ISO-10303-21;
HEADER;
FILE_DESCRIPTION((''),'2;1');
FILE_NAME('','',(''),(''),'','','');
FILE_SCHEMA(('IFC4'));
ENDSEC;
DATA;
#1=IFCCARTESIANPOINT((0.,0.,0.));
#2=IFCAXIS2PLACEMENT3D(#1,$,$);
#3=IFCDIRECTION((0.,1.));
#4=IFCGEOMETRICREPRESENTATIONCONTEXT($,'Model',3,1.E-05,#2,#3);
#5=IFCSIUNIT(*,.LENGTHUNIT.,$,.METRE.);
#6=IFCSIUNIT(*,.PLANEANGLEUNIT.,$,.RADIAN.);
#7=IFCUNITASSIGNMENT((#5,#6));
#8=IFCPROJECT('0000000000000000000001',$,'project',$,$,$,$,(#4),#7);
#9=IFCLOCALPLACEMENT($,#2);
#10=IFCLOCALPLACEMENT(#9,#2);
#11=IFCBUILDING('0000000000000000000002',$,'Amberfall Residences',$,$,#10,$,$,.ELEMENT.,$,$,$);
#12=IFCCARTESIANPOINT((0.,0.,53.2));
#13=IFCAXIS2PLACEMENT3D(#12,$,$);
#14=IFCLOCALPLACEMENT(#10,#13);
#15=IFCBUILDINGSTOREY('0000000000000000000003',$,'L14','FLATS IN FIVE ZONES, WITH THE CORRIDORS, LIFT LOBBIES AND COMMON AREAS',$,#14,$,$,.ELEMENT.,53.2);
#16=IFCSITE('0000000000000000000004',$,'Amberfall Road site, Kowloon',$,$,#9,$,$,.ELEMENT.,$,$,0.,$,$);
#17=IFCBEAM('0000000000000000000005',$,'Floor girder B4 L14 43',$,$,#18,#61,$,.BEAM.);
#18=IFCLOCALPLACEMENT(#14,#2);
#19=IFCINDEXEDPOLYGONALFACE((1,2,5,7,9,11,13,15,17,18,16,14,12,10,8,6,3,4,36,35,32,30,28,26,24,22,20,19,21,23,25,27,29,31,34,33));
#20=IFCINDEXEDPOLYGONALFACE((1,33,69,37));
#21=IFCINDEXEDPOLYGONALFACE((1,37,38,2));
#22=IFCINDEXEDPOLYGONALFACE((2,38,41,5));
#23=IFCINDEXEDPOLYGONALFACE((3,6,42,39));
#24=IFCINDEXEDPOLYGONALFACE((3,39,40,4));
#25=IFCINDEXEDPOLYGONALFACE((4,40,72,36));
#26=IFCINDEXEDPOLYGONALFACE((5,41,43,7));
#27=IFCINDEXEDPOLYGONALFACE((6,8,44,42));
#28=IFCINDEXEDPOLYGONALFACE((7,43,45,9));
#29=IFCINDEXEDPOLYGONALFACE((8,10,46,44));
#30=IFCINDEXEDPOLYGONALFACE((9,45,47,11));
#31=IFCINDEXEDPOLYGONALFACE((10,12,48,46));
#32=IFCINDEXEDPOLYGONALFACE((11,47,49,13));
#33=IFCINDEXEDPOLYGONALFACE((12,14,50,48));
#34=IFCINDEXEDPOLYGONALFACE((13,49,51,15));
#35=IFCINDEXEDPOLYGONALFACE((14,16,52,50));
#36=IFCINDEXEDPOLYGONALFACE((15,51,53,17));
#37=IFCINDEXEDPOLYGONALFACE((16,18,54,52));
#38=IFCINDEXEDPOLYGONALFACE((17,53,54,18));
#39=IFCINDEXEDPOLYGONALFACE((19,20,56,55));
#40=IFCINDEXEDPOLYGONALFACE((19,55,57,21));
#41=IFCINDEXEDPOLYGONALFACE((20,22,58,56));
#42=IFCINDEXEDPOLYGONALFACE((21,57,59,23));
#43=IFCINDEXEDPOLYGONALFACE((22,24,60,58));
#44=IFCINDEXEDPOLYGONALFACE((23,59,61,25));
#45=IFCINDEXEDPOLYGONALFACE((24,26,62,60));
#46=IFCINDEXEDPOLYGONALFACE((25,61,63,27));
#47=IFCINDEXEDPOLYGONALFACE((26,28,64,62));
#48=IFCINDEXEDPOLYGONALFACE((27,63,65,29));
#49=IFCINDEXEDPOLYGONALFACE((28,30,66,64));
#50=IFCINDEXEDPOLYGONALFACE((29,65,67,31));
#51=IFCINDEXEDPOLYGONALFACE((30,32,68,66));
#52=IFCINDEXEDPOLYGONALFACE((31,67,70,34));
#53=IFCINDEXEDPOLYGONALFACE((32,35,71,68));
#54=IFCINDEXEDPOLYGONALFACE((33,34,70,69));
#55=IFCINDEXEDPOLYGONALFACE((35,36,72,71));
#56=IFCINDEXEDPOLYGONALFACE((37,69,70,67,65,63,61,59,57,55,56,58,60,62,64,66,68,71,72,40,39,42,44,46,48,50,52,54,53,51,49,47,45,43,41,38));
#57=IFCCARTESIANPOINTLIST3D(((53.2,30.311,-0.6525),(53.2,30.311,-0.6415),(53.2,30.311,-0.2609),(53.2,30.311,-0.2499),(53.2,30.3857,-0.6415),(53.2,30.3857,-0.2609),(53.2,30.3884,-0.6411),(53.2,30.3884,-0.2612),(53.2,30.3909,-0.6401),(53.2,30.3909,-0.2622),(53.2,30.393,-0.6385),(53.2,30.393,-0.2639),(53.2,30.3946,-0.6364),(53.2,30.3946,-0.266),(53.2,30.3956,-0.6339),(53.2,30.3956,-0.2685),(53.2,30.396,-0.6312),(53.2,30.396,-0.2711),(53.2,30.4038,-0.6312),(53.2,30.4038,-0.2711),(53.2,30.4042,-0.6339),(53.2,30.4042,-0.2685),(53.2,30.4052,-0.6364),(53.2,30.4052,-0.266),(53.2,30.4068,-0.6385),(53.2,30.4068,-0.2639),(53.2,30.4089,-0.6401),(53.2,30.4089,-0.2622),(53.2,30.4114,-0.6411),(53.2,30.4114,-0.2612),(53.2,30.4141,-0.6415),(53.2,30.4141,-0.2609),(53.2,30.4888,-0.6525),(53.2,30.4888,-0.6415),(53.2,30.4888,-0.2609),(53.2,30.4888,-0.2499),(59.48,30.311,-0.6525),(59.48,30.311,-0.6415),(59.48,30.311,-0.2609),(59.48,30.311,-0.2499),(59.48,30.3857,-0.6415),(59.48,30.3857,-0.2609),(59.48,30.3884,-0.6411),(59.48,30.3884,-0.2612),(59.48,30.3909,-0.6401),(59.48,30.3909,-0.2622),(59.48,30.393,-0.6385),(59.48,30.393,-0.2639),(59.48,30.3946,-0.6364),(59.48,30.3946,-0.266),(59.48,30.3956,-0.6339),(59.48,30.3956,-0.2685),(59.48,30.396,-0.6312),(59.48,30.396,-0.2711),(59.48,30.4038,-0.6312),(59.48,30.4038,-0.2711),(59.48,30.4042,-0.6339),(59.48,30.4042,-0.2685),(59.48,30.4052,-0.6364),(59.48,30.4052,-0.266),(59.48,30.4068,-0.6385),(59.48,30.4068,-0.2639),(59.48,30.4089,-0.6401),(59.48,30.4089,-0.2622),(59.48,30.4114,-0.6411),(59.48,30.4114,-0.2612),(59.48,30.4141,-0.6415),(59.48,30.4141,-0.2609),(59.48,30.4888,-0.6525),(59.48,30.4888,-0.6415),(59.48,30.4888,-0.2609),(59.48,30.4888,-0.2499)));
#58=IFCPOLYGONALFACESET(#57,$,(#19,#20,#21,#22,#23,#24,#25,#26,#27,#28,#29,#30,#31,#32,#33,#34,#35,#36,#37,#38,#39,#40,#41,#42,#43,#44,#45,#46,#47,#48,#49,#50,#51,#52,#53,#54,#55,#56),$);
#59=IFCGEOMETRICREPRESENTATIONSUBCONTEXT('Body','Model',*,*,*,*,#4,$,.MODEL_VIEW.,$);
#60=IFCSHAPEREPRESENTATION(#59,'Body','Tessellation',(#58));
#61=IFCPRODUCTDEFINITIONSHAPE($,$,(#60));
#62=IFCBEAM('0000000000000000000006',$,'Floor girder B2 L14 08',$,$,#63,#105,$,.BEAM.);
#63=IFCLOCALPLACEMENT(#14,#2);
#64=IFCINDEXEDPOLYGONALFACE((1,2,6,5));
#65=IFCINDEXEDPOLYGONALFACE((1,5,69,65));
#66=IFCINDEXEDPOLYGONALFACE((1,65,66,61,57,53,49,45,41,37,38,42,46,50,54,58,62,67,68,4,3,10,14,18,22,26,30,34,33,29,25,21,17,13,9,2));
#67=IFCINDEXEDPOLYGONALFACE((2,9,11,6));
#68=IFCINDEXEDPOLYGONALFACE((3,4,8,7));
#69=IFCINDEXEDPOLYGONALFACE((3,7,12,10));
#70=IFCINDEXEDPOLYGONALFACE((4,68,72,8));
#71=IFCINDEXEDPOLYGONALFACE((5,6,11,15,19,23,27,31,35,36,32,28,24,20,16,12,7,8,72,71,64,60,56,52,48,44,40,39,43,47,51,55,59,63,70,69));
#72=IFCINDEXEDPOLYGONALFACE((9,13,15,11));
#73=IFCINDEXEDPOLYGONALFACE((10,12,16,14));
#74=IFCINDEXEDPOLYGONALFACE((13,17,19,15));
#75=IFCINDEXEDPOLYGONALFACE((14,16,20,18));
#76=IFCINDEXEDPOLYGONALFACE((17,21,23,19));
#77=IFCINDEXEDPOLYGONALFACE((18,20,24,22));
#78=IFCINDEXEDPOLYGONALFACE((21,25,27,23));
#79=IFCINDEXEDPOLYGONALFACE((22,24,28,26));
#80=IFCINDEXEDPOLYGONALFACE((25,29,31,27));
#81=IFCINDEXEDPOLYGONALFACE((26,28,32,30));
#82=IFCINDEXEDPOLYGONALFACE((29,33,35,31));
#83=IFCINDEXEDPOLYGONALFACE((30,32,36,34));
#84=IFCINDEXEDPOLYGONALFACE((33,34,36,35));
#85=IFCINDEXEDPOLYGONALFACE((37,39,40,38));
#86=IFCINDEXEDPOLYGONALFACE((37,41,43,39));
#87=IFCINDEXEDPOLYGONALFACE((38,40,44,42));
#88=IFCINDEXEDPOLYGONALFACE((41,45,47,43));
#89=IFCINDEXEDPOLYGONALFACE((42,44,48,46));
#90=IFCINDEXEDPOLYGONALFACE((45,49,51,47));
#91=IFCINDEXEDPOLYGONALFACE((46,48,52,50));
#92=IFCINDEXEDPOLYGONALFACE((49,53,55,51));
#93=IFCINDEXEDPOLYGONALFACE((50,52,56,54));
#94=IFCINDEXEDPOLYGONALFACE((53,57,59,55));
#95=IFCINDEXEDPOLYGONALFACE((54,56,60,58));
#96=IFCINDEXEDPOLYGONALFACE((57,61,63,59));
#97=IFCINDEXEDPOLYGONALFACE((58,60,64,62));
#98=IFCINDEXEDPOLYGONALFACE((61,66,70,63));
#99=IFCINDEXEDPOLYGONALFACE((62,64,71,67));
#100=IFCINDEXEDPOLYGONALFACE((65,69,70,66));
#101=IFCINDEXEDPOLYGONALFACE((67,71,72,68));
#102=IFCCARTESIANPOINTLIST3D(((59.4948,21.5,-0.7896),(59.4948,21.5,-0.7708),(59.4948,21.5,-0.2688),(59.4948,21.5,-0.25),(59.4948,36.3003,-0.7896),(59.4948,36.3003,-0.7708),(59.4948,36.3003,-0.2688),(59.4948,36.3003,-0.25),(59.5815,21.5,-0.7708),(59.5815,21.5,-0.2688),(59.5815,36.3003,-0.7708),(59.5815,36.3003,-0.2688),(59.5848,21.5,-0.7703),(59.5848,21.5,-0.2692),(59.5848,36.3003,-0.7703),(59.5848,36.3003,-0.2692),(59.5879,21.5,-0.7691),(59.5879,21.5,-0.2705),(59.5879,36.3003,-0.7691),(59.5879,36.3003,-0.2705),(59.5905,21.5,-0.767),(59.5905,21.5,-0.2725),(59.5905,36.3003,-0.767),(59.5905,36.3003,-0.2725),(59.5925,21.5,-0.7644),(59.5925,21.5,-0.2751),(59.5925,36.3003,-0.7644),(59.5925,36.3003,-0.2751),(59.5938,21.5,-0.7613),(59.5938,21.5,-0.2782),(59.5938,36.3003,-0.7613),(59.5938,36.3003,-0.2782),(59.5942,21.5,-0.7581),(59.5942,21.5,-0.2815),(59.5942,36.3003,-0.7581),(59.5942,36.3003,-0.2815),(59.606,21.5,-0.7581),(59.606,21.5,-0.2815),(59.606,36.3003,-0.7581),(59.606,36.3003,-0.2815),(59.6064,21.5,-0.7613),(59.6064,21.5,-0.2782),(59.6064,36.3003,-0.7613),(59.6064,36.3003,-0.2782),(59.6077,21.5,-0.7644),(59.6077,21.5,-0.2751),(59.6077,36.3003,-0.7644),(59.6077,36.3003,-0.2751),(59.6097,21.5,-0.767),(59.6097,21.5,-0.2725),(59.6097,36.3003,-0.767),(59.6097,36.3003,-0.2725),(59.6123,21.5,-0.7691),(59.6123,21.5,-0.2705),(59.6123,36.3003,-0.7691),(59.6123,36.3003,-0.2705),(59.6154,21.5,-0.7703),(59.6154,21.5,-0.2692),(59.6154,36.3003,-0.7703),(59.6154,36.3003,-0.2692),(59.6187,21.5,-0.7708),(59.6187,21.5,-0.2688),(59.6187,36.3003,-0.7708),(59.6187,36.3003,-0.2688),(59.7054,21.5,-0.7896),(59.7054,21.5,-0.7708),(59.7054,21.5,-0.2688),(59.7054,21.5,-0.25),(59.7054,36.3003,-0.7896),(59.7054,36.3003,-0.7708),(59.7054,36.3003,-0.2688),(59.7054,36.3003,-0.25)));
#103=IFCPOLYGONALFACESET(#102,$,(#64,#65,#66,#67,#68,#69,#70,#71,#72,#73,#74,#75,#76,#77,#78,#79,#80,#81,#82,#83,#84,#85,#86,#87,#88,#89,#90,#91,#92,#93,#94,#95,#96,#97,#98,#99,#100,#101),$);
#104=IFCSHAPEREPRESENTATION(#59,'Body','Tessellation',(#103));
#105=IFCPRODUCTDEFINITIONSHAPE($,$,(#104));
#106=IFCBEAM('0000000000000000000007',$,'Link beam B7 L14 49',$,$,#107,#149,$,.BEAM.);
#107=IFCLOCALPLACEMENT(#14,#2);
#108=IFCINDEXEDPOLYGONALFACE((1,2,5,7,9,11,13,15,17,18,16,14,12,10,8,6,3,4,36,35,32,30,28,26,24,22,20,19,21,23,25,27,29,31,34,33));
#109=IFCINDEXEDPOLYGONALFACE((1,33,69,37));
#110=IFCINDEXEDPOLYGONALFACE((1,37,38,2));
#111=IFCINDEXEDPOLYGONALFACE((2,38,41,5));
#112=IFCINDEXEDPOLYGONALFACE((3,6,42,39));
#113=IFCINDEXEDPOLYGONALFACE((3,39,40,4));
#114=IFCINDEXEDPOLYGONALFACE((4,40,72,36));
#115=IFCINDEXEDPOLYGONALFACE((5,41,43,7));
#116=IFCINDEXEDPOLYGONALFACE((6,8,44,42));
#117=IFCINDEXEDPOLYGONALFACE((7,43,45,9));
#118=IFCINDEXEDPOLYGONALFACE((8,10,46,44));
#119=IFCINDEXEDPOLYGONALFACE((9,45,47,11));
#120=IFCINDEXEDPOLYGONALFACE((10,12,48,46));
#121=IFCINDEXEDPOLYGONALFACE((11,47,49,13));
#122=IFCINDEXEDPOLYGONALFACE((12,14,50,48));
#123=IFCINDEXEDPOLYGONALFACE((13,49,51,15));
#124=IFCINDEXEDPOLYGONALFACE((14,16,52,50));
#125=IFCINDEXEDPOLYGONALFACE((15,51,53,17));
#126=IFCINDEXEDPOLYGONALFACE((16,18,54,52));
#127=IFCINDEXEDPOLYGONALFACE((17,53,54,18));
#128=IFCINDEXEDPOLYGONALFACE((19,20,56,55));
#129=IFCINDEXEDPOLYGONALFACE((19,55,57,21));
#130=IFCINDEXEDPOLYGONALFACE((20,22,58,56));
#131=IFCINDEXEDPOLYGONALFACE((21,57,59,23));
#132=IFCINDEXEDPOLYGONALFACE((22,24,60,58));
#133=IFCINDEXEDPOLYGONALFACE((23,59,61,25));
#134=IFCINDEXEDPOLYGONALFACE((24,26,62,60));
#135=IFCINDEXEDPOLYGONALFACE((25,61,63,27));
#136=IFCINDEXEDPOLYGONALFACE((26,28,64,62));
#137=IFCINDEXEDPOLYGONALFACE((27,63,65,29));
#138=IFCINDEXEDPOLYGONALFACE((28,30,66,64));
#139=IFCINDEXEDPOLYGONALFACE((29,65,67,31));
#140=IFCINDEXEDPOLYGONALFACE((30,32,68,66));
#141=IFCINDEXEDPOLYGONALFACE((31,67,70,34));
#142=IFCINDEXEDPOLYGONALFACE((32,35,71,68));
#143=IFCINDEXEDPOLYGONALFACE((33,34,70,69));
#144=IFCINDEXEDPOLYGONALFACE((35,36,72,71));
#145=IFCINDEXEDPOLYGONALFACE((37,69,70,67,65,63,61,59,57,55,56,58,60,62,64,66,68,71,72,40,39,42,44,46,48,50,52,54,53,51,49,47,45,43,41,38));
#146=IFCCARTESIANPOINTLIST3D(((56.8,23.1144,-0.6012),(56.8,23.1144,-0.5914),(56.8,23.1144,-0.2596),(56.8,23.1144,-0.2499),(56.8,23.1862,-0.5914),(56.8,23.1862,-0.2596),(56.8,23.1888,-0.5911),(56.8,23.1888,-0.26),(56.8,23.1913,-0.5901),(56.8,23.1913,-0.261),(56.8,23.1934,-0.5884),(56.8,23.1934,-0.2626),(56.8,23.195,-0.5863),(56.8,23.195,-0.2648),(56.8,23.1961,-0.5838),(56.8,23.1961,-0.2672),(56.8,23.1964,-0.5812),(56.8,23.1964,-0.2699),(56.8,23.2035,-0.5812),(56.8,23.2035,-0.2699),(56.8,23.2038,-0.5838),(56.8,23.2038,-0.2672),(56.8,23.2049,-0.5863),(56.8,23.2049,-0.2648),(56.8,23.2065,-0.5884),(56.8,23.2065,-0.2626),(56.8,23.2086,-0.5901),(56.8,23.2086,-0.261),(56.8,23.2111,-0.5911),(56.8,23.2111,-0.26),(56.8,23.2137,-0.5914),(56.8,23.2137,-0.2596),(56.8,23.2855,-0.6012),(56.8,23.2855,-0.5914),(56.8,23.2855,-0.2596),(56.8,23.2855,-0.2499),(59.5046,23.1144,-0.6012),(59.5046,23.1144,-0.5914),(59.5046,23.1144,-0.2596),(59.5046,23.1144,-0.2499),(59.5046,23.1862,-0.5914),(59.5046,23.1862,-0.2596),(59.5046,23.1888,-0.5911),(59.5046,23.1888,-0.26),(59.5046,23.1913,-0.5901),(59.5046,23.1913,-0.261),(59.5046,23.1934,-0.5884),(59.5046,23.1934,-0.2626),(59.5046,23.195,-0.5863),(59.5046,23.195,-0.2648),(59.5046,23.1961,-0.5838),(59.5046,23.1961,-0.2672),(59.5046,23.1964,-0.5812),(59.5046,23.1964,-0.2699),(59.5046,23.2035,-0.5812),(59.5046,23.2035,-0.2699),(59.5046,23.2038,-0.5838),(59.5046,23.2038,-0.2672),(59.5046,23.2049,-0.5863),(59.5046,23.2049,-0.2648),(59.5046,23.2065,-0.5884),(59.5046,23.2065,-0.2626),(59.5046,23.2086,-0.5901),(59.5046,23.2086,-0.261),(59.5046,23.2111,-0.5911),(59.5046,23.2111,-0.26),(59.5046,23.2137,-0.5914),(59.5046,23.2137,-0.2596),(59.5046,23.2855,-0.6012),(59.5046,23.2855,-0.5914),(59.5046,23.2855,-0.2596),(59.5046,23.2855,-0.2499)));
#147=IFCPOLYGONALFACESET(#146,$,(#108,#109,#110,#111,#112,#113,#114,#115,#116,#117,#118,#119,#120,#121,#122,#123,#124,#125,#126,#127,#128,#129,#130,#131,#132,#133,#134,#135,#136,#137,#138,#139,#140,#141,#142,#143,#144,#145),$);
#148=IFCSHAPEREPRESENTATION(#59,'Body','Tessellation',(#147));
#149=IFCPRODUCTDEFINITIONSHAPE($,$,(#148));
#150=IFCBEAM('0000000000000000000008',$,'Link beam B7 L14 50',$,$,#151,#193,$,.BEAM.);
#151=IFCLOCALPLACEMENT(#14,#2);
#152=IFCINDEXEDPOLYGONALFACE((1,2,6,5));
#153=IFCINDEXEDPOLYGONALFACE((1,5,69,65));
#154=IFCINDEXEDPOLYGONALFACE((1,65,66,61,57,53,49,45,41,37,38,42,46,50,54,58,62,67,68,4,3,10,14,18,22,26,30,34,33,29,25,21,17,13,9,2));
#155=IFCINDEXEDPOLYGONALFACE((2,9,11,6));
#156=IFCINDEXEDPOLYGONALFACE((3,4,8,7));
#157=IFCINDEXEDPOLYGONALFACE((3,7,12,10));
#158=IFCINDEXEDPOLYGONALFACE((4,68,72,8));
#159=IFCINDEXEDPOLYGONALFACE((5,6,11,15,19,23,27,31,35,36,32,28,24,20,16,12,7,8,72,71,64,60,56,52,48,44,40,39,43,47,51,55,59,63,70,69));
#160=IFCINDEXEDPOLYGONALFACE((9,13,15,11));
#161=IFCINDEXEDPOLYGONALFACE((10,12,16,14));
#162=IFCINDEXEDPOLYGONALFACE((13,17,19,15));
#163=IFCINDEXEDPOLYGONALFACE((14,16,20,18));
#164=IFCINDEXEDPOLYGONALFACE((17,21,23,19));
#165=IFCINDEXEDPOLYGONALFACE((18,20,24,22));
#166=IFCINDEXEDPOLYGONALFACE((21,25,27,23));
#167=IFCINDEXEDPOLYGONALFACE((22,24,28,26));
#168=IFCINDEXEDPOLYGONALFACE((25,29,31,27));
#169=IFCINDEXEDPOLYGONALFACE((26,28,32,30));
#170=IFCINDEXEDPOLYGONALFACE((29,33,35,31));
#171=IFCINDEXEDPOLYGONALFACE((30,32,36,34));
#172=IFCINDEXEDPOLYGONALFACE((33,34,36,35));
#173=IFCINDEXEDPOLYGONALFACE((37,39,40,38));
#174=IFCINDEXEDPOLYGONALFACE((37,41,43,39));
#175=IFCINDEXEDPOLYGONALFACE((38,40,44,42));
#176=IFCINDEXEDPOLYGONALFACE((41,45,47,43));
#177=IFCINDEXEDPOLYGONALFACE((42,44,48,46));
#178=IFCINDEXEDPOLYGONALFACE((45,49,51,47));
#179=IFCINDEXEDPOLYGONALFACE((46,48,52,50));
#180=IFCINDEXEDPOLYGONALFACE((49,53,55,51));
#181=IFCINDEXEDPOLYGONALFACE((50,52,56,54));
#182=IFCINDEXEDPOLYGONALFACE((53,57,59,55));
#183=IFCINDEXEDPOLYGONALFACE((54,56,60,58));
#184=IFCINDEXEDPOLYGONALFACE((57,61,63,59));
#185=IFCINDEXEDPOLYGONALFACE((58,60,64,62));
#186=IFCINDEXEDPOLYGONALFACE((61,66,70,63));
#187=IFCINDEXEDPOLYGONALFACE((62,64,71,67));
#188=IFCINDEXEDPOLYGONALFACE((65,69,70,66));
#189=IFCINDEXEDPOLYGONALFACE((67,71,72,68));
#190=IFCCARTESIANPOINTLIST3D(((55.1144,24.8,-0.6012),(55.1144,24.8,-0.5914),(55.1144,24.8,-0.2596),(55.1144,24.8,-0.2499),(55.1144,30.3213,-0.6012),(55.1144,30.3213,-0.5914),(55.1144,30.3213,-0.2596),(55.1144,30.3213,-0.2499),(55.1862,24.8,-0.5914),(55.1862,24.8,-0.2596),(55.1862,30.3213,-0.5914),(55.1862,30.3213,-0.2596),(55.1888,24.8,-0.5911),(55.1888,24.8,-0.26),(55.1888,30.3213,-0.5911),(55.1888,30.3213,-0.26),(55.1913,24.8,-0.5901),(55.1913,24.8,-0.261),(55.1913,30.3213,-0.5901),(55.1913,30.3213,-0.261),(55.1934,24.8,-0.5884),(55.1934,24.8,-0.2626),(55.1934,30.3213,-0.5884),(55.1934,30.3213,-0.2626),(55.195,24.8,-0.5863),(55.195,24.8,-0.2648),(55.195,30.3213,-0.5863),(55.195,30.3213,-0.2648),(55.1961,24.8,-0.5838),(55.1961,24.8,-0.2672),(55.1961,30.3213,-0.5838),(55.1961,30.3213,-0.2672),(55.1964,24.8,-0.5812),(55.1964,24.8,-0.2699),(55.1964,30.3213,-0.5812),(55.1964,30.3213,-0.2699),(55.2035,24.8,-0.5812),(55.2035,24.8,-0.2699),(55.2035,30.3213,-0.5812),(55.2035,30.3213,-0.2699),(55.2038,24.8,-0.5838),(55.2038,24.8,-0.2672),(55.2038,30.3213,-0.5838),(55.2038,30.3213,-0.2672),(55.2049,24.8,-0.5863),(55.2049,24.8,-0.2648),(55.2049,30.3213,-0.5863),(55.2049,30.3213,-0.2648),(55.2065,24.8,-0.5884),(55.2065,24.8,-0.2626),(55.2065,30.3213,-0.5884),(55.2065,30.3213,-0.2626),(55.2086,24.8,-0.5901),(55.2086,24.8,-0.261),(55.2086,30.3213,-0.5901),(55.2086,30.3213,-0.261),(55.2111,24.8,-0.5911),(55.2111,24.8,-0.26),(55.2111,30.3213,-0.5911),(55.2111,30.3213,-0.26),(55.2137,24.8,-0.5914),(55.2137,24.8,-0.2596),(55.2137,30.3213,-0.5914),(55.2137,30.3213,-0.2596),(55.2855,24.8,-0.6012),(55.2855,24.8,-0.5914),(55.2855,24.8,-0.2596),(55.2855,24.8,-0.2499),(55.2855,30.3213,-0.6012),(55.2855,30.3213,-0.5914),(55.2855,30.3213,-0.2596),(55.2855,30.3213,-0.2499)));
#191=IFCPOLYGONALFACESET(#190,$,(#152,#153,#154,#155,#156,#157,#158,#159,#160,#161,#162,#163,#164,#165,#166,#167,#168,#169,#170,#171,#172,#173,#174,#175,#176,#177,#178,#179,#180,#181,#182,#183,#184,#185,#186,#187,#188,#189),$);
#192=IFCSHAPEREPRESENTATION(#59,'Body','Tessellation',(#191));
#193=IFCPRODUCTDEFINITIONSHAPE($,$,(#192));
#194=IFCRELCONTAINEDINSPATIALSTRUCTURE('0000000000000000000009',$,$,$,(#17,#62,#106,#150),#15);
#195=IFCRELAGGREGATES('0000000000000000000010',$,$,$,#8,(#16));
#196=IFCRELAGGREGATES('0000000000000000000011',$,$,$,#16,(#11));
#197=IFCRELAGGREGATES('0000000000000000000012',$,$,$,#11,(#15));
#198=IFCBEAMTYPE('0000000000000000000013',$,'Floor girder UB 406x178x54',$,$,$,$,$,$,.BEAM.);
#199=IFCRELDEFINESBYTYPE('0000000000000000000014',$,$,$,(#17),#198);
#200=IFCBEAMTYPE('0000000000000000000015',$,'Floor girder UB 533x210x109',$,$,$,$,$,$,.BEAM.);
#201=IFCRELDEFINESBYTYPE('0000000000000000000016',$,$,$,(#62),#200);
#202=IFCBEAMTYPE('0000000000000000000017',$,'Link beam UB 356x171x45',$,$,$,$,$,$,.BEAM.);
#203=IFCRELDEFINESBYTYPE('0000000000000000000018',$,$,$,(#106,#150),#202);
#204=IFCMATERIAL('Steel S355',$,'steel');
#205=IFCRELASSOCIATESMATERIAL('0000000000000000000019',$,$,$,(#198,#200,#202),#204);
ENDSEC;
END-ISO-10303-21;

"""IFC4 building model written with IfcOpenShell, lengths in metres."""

from ifc_helpers import new_model, si_unit, direction, frame, origin, origin_2d, place, context, subcontext, project, spatial, i_section, extrude, material, material_profile, profile_set, type_object, element, save


model = new_model("IFC4")

# Units and contexts
model_context = context("Model", 3, precision=1e-05, world=origin(), true_north=direction((0.0, 1.0)))
body_context = subcontext(model_context, "Body", "Model", "MODEL_VIEW")
ifc_project = project(units=[si_unit("LENGTHUNIT", "METRE"), si_unit("PLANEANGLEUNIT", "RADIAN")], contexts=[model_context])

# Site, building, storey
site_placement = place(None, origin())
site = spatial("IfcSite", under=ifc_project, at=site_placement, Name="Amberfall Road site, Kowloon", CompositionType="ELEMENT", RefElevation=0.0)
building_placement = place(site_placement, origin())
building = spatial("IfcBuilding", under=site, at=building_placement, Name="Amberfall Residences", CompositionType="ELEMENT")
storey_placement = place(building_placement, frame((0.0, 0.0, 53.2)))
storey = spatial("IfcBuildingStorey", under=building, at=storey_placement, Name="L14", Description="FLATS IN FIVE ZONES, WITH THE CORRIDORS, LIFT LOBBIES AND COMMON AREAS", CompositionType="ELEMENT", Elevation=53.2)

# Shared definitions
ifc_material_1 = material(Name="Steel S355", Category="steel")

# Beams
ifc_material_profile_1 = material_profile(ifc_material_1, i_section(OverallWidth=0.1777, OverallDepth=0.4026, WebThickness=0.0078, FlangeThickness=0.011, FilletRadius=0.0103, at=origin_2d()), Name="UB 406x178x54")
ifc_profile_set_1 = profile_set([ifc_material_profile_1], Name="Steel S355")
beam_type_1 = type_object("IfcBeamType", Name="Floor girder UB 406x178x54", PredefinedType="BEAM", material=ifc_profile_set_1)
beam_1_placement = place(storey_placement, frame((53.2, 30.3999, -0.4512), z_axis=(1.0, 0.0, 0.0), x_axis=(0.0, 1.0, 0.0)))
element("IfcBeam", 1, at=beam_1_placement, inside=storey, type_object=beam_type_1, Name="Floor girder B4 L14 43", PredefinedType="BEAM", context=body_context, shape_type="SweptSolid", body=[
    extrude(i_section(OverallWidth=0.1777, OverallDepth=0.4026, WebThickness=0.0078, FlangeThickness=0.011, FilletRadius=0.0103, at=origin_2d()), origin(), (0.0, 0.0, 1.0), 6.28),
])
ifc_material_profile_2 = material_profile(ifc_material_1, i_section(OverallWidth=0.2107, OverallDepth=0.5396, WebThickness=0.0117, FlangeThickness=0.0188, FilletRadius=0.0127, at=origin_2d()), Name="UB 533x210x109")
ifc_profile_set_2 = profile_set([ifc_material_profile_2], Name="Steel S355")
beam_type_2 = type_object("IfcBeamType", Name="Floor girder UB 533x210x109", PredefinedType="BEAM", material=ifc_profile_set_2)
beam_2_placement = place(storey_placement, frame((59.6001, 21.5, -0.5198), z_axis=(0.0, 1.0, 0.0), x_axis=(-1.0, 0.0, 0.0)))
element("IfcBeam", 2, at=beam_2_placement, inside=storey, type_object=beam_type_2, Name="Floor girder B2 L14 08", PredefinedType="BEAM", context=body_context, shape_type="SweptSolid", body=[
    extrude(i_section(OverallWidth=0.2107, OverallDepth=0.5396, WebThickness=0.0117, FlangeThickness=0.0188, FilletRadius=0.0127, at=origin_2d()), origin(), (0.0, 0.0, 1.0), 14.8003),
])
ifc_material_profile_3 = material_profile(ifc_material_1, i_section(OverallWidth=0.1711, OverallDepth=0.3513, WebThickness=0.0071, FlangeThickness=0.0098, FilletRadius=0.0103, at=origin_2d()), Name="UB 356x171x45")
ifc_profile_set_3 = profile_set([ifc_material_profile_3], Name="Steel S355")
beam_type_3 = type_object("IfcBeamType", Name="Link beam UB 356x171x45", PredefinedType="BEAM", material=ifc_profile_set_3)
beam_3_placement = place(storey_placement, frame((56.8, 23.2, -0.4255), z_axis=(1.0, 0.0, 0.0), x_axis=(0.0, 1.0, 0.0)))
element("IfcBeam", 3, at=beam_3_placement, inside=storey, type_object=beam_type_3, Name="Link beam B7 L14 49", PredefinedType="BEAM", context=body_context, shape_type="SweptSolid", body=[
    extrude(i_section(OverallWidth=0.1711, OverallDepth=0.3513, WebThickness=0.0071, FlangeThickness=0.0098, FilletRadius=0.0103, at=origin_2d()), origin(), (0.0, 0.0, 1.0), 2.7046),
])
beam_4_placement = place(storey_placement, frame((55.2, 24.8, -0.4255), z_axis=(0.0, 1.0, 0.0), x_axis=(-1.0, 0.0, 0.0)))
element("IfcBeam", 4, at=beam_4_placement, inside=storey, type_object=beam_type_3, Name="Link beam B7 L14 50", PredefinedType="BEAM", context=body_context, shape_type="SweptSolid", body=[
    extrude(i_section(OverallWidth=0.1711, OverallDepth=0.3513, WebThickness=0.0071, FlangeThickness=0.0098, FilletRadius=0.0103, at=origin_2d()), origin(), (0.0, 0.0, 1.0), 5.5212),
])

save(model, "model.ifc")
